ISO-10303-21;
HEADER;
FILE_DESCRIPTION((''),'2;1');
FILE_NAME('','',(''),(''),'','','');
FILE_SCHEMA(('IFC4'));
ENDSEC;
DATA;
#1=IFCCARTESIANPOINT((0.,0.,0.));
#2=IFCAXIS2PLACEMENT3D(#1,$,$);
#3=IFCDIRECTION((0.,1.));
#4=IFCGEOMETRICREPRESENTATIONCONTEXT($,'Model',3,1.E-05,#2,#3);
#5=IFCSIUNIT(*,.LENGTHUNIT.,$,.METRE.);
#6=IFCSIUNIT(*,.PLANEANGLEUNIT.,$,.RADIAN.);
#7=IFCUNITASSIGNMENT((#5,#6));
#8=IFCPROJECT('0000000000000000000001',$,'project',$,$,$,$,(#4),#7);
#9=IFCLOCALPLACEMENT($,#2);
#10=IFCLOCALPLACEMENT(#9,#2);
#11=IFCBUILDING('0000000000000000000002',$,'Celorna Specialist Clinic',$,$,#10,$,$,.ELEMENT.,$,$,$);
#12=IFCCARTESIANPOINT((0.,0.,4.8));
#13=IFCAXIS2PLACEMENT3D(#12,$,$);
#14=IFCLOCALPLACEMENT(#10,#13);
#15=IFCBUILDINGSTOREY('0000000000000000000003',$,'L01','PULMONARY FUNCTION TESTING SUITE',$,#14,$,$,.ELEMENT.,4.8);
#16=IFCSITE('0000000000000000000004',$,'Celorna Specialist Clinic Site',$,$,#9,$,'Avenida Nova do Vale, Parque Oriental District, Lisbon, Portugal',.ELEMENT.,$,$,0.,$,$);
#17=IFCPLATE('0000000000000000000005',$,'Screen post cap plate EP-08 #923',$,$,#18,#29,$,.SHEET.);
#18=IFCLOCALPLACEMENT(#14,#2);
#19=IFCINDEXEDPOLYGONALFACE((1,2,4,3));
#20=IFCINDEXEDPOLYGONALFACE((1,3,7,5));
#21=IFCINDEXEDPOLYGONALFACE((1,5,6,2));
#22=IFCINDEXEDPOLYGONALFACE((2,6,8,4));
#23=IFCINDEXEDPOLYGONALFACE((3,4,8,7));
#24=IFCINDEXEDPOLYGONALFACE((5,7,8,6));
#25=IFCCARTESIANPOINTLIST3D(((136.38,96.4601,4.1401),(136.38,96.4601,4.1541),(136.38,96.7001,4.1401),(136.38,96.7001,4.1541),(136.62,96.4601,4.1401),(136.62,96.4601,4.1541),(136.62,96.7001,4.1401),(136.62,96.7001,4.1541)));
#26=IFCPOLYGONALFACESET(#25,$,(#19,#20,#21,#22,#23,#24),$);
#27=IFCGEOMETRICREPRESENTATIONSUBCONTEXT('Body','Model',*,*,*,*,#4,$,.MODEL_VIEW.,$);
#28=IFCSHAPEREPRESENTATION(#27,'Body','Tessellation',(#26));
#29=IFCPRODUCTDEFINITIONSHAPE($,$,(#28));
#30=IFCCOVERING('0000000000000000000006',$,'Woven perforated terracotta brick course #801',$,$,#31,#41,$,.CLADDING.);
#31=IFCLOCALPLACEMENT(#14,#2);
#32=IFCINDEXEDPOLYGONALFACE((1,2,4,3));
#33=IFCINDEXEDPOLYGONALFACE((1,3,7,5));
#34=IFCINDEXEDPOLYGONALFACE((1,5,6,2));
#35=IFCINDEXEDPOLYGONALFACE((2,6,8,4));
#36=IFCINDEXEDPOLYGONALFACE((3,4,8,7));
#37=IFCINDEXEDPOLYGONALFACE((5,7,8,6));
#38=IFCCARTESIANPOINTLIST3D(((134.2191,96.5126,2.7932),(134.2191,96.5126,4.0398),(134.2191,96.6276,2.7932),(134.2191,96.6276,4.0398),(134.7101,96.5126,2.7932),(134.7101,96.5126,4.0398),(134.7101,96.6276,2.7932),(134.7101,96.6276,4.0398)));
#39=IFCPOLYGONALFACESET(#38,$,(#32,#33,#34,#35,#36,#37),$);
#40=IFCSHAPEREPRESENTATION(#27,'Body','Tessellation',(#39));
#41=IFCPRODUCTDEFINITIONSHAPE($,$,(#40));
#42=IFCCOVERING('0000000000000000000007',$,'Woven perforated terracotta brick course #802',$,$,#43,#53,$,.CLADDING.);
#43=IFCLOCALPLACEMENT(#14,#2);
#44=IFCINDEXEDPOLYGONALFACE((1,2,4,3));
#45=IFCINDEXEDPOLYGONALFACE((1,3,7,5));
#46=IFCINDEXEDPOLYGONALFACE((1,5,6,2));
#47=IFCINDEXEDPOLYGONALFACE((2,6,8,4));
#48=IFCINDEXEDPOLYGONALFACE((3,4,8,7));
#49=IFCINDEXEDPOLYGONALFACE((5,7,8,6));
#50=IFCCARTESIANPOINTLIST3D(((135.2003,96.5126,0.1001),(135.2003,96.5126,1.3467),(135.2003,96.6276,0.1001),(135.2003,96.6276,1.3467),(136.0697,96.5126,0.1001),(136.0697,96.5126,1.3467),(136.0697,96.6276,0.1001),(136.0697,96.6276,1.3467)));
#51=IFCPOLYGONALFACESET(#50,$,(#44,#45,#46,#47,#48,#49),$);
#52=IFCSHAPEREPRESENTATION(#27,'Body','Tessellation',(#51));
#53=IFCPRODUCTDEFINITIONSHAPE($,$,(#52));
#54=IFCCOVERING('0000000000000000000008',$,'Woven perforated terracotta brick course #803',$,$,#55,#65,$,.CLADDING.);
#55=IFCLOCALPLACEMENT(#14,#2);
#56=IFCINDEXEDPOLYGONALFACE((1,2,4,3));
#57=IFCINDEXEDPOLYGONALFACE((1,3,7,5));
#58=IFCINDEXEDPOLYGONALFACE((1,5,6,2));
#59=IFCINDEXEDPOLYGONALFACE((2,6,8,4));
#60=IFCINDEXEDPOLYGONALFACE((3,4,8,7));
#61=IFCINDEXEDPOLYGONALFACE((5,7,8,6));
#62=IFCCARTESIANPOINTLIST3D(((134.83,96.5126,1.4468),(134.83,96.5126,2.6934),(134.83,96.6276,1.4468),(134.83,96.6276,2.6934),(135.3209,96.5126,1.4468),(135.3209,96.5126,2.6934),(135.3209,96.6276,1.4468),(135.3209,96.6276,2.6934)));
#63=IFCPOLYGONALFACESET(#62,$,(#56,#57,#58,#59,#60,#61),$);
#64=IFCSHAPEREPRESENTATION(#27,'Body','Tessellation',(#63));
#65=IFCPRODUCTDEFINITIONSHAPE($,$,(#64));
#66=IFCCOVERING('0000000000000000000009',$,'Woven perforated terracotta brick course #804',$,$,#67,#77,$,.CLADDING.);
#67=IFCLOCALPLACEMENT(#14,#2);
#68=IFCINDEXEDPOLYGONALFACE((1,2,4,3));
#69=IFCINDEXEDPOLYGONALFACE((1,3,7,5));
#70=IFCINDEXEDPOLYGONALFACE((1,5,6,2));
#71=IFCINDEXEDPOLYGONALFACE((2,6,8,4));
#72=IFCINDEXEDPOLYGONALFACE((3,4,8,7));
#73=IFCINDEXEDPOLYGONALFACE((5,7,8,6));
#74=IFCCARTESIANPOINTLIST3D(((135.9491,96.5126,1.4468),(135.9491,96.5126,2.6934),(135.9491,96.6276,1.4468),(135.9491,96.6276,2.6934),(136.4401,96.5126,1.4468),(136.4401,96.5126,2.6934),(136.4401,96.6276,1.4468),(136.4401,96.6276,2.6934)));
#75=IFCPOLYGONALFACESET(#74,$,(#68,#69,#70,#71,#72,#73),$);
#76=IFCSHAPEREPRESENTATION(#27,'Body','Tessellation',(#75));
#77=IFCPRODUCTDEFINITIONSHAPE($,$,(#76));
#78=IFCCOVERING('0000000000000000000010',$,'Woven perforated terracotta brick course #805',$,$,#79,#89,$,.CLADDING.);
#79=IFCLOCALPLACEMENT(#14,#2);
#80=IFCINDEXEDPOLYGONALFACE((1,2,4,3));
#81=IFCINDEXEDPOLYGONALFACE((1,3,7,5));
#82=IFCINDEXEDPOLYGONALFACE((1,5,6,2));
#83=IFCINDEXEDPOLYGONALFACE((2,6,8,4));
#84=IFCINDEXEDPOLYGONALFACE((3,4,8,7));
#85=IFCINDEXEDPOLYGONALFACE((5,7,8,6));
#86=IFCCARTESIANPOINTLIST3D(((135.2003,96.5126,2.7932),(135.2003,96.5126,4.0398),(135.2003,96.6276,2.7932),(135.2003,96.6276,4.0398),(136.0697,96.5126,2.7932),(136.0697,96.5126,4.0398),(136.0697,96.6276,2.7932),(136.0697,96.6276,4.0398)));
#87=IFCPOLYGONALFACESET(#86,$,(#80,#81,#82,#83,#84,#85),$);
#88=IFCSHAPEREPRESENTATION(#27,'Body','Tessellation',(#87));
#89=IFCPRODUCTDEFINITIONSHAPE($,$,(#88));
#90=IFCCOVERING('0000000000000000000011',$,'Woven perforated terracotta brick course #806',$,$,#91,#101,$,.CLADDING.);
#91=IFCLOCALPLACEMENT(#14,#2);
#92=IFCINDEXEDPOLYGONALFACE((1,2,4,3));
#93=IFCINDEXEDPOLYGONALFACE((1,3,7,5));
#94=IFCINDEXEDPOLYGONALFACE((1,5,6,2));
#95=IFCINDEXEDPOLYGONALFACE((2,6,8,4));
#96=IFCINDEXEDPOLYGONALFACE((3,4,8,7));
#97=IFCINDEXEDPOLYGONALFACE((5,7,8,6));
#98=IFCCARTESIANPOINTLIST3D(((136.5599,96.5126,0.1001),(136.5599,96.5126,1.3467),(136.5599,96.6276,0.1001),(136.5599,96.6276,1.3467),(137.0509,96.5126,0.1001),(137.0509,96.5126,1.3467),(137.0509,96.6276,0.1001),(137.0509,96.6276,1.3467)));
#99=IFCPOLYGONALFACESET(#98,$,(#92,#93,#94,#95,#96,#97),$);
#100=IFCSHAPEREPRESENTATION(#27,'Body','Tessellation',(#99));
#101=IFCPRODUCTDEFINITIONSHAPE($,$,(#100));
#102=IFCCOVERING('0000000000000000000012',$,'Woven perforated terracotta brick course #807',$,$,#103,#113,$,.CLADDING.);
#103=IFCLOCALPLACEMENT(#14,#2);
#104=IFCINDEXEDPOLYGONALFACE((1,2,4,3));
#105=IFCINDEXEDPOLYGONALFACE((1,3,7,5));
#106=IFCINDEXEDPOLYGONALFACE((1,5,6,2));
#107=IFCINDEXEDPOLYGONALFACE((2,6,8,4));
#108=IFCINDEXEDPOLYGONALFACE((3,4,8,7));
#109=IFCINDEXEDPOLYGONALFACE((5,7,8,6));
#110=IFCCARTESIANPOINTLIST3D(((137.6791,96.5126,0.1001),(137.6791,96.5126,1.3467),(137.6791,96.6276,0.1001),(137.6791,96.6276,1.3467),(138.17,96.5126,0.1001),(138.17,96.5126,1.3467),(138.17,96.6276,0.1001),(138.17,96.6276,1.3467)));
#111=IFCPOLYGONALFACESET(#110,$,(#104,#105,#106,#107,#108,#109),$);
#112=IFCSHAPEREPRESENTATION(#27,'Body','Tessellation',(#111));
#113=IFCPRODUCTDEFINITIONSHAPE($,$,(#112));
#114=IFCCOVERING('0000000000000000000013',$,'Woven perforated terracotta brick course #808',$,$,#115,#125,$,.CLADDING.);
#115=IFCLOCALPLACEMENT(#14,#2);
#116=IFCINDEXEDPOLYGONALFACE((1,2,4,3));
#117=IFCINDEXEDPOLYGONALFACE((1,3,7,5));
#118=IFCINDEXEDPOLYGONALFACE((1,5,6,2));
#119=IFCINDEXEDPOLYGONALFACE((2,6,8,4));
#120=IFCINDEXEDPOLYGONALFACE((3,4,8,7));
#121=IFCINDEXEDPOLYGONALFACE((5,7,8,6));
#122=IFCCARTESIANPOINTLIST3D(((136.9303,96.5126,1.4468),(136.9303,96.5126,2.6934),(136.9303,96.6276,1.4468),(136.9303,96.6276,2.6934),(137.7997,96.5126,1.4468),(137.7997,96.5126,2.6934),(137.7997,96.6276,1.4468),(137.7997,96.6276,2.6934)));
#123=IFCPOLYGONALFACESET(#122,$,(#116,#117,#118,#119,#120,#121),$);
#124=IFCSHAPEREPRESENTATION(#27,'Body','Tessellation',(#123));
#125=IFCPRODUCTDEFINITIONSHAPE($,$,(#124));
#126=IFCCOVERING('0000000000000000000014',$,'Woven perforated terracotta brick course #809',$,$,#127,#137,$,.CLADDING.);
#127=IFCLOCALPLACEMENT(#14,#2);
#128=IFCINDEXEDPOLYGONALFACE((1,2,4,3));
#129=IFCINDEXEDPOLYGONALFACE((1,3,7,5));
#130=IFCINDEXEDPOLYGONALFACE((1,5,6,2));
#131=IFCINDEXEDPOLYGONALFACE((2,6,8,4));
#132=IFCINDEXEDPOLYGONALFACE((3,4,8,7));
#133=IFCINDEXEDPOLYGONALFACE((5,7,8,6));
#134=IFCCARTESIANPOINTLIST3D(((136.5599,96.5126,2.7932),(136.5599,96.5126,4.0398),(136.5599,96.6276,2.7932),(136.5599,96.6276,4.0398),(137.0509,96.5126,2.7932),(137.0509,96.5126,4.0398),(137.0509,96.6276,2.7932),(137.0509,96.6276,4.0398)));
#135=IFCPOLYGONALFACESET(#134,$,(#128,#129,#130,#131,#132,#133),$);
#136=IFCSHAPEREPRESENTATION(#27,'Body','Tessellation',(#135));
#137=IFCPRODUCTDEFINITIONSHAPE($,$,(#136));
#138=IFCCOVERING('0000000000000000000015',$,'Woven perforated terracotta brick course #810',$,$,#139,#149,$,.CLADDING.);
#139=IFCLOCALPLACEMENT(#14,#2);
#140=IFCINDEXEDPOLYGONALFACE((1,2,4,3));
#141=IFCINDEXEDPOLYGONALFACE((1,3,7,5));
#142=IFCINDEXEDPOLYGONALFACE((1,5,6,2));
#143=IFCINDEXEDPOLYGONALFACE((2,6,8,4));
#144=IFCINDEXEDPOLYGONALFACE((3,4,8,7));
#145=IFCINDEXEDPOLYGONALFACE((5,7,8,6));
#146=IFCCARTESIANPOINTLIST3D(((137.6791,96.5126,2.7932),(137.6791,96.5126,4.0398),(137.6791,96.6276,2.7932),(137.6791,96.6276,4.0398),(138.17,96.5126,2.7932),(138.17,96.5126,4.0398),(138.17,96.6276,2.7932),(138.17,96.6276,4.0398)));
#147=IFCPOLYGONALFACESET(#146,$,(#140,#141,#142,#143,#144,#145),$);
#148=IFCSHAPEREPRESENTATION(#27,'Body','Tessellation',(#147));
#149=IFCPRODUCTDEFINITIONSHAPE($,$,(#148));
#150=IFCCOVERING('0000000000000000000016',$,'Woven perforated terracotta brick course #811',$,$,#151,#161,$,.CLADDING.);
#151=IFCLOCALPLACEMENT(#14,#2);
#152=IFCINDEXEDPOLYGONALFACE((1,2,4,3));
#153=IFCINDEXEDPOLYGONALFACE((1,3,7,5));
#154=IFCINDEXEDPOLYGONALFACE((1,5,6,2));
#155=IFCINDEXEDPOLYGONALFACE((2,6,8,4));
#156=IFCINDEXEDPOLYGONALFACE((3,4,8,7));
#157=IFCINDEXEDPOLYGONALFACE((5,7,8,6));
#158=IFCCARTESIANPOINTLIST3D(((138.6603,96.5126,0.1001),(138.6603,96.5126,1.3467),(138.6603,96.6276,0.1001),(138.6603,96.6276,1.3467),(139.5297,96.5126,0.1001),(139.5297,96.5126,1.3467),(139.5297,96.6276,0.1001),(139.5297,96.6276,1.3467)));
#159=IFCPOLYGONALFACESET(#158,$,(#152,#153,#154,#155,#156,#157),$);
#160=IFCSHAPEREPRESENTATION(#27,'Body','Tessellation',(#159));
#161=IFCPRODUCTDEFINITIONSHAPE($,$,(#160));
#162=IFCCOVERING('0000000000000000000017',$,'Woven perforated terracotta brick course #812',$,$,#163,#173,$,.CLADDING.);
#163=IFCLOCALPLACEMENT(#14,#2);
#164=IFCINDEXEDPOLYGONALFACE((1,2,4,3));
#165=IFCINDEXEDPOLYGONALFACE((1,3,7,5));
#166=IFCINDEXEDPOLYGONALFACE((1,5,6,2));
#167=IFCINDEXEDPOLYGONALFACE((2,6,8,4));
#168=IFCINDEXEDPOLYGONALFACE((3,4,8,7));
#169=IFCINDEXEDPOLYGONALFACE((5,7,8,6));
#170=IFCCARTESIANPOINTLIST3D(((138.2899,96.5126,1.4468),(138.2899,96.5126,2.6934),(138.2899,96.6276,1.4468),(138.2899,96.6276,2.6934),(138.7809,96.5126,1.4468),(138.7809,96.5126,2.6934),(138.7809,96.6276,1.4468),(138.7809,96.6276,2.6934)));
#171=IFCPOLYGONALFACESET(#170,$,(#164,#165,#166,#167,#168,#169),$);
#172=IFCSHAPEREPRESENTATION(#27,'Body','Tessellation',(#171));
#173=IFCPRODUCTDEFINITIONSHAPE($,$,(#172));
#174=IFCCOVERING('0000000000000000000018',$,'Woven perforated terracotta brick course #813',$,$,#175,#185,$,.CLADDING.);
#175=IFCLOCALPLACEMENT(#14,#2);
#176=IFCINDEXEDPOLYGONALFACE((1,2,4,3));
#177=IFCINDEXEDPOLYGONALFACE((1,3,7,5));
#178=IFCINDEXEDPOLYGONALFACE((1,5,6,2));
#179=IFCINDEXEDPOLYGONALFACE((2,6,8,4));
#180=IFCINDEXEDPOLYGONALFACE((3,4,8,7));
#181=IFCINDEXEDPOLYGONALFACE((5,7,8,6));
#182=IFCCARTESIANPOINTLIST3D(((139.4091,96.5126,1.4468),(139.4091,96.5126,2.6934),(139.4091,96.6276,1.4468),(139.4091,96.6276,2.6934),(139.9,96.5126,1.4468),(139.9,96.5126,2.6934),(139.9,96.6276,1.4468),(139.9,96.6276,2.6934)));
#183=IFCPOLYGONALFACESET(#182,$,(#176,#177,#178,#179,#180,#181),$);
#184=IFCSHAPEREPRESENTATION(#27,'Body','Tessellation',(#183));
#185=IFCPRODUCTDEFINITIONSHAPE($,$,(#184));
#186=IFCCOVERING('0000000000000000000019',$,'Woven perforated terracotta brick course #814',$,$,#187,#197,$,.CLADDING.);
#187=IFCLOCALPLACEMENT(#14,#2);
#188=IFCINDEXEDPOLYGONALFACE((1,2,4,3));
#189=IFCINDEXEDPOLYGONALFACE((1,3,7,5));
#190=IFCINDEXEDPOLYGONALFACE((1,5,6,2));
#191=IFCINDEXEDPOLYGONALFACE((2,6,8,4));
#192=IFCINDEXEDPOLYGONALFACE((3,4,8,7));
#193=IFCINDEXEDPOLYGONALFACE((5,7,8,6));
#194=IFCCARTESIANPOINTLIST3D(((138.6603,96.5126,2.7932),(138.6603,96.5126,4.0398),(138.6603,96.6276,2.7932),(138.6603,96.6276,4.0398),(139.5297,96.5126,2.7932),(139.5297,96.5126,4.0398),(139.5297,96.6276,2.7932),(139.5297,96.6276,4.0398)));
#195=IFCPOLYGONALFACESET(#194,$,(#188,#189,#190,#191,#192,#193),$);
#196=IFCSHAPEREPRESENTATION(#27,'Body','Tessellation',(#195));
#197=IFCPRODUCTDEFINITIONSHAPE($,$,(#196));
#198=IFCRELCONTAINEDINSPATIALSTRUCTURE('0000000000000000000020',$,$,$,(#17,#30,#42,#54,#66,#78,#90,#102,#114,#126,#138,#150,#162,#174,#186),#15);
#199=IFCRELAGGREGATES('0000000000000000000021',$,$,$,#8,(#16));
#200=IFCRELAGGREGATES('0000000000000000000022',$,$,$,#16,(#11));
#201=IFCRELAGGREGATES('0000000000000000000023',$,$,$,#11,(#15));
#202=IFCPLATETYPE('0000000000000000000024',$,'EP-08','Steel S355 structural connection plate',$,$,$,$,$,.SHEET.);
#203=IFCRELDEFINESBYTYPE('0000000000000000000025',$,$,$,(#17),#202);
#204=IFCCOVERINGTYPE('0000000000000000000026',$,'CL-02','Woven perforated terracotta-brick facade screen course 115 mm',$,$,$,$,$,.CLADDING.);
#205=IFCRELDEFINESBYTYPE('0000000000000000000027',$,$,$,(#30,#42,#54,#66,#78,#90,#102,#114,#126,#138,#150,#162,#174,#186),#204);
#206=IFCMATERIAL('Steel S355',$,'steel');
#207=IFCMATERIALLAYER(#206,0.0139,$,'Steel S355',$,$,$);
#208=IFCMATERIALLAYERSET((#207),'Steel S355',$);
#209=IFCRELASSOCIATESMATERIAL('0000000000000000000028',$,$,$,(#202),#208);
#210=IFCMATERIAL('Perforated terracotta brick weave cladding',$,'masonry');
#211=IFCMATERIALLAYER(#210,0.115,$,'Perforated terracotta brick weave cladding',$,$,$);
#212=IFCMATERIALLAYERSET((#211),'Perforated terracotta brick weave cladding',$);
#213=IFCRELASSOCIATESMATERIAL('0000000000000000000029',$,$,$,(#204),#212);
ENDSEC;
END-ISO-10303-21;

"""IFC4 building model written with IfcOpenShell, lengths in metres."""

from ifc_helpers import new_model, si_unit, direction, frame, origin, origin_2d, place, context, subcontext, project, spatial, rectangle, extrude, material, layer, layer_set, type_object, element, save


model = new_model("IFC4")

# Units and contexts
model_context = context("Model", 3, precision=1e-05, world=origin(), true_north=direction((0.0, 1.0)))
body_context = subcontext(model_context, "Body", "Model", "MODEL_VIEW")
ifc_project = project(units=[si_unit("LENGTHUNIT", "METRE"), si_unit("PLANEANGLEUNIT", "RADIAN")], contexts=[model_context])

# Site, building, storey
site_placement = place(None, origin())
site = spatial("IfcSite", under=ifc_project, at=site_placement, Name="Celorna Specialist Clinic Site", LongName="Avenida Nova do Vale, Parque Oriental District, Lisbon, Portugal", CompositionType="ELEMENT", RefElevation=0.0)
building_placement = place(site_placement, origin())
building = spatial("IfcBuilding", under=site, at=building_placement, Name="Celorna Specialist Clinic", CompositionType="ELEMENT")
storey_placement = place(building_placement, frame((0.0, 0.0, 4.8)))
storey = spatial("IfcBuildingStorey", under=building, at=storey_placement, Name="L01", Description="PULMONARY FUNCTION TESTING SUITE", CompositionType="ELEMENT", Elevation=4.8)

# Shared definitions
ifc_material_1 = material(Name="Steel S355", Category="steel")

# Plate
ifc_layer_1 = layer(ifc_material_1, 0.0139, Name="Steel S355")
ifc_layer_set_1 = layer_set([ifc_layer_1], Name="Steel S355")
plate_type_1 = type_object("IfcPlateType", Name="EP-08", Description="Steel S355 structural connection plate", PredefinedType="SHEET", material=ifc_layer_set_1)
plate_1_placement = place(storey_placement, frame((136.5, 96.5801, 4.1401), z_axis=(0.0, 0.0, 1.0), x_axis=(1.0, 0.0, 0.0)))
element("IfcPlate", 1, at=plate_1_placement, inside=storey, type_object=plate_type_1, Name="Screen post cap plate EP-08 #923", PredefinedType="SHEET", context=body_context, shape_type="SweptSolid", body=[
    extrude(rectangle(XDim=0.24, YDim=0.24, at=origin_2d()), origin(), (0.0, 0.0, 1.0), 0.0139),
])

# Coverings
ifc_material_2 = material(Name="Perforated terracotta brick weave cladding", Category="masonry")
ifc_layer_2 = layer(ifc_material_2, 0.115, Name="Perforated terracotta brick weave cladding")
ifc_layer_set_2 = layer_set([ifc_layer_2], Name="Perforated terracotta brick weave cladding")
covering_type = type_object("IfcCoveringType", Name="CL-02", Description="Woven perforated terracotta-brick facade screen course 115 mm", PredefinedType="CLADDING", material=ifc_layer_set_2)
covering_1_placement = place(storey_placement, frame((134.4646, 96.5701, 2.7932), z_axis=(0.0, 0.0, 1.0), x_axis=(1.0, 0.0, 0.0)))
element("IfcCovering", 2, at=covering_1_placement, inside=storey, type_object=covering_type, Name="Woven perforated terracotta brick course #801", PredefinedType="CLADDING", context=body_context, shape_type="SweptSolid", body=[
    extrude(rectangle(XDim=0.491, YDim=0.115, at=origin_2d()), origin(), (0.0, 0.0, 1.0), 1.2466),
])
covering_2_placement = place(storey_placement, frame((135.635, 96.5701, 0.1001), z_axis=(0.0, 0.0, 1.0), x_axis=(1.0, 0.0, 0.0)))
element("IfcCovering", 3, at=covering_2_placement, inside=storey, type_object=covering_type, Name="Woven perforated terracotta brick course #802", PredefinedType="CLADDING", context=body_context, shape_type="SweptSolid", body=[
    extrude(rectangle(XDim=0.8694, YDim=0.115, at=origin_2d()), origin(), (0.0, 0.0, 1.0), 1.2466),
])
for number, where, z_axis, x_axis, name in (
    (4, (135.0754, 96.5701, 1.4468), (0.0, 0.0, 1.0), (1.0, 0.0, 0.0), "Woven perforated terracotta brick course #803"),
    (5, (136.1946, 96.5701, 1.4468), (0.0, 0.0, 1.0), (1.0, 0.0, 0.0), "Woven perforated terracotta brick course #804"),
):
    element("IfcCovering", number, at=place(storey_placement, frame(where, z_axis=z_axis, x_axis=x_axis)), inside=storey, type_object=covering_type, Name=name, PredefinedType="CLADDING", context=body_context, shape_type="SweptSolid", body=[
        extrude(rectangle(XDim=0.491, YDim=0.115, at=origin_2d()), origin(), (0.0, 0.0, 1.0), 1.2466),
    ])
covering_3_placement = place(storey_placement, frame((135.635, 96.5701, 2.7932), z_axis=(0.0, 0.0, 1.0), x_axis=(1.0, 0.0, 0.0)))
element("IfcCovering", 6, at=covering_3_placement, inside=storey, type_object=covering_type, Name="Woven perforated terracotta brick course #805", PredefinedType="CLADDING", context=body_context, shape_type="SweptSolid", body=[
    extrude(rectangle(XDim=0.8694, YDim=0.115, at=origin_2d()), origin(), (0.0, 0.0, 1.0), 1.2466),
])
for number, where, z_axis, x_axis, name in (
    (7, (136.8054, 96.5701, 0.1001), (0.0, 0.0, 1.0), (1.0, 0.0, 0.0), "Woven perforated terracotta brick course #806"),
    (8, (137.9246, 96.5701, 0.1001), (0.0, 0.0, 1.0), (1.0, 0.0, 0.0), "Woven perforated terracotta brick course #807"),
):
    element("IfcCovering", number, at=place(storey_placement, frame(where, z_axis=z_axis, x_axis=x_axis)), inside=storey, type_object=covering_type, Name=name, PredefinedType="CLADDING", context=body_context, shape_type="SweptSolid", body=[
        extrude(rectangle(XDim=0.491, YDim=0.115, at=origin_2d()), origin(), (0.0, 0.0, 1.0), 1.2466),
    ])
covering_4_placement = place(storey_placement, frame((137.365, 96.5701, 1.4468), z_axis=(0.0, 0.0, 1.0), x_axis=(1.0, 0.0, 0.0)))
element("IfcCovering", 9, at=covering_4_placement, inside=storey, type_object=covering_type, Name="Woven perforated terracotta brick course #808", PredefinedType="CLADDING", context=body_context, shape_type="SweptSolid", body=[
    extrude(rectangle(XDim=0.8694, YDim=0.115, at=origin_2d()), origin(), (0.0, 0.0, 1.0), 1.2466),
])
for number, where, z_axis, x_axis, name in (
    (10, (136.8054, 96.5701, 2.7932), (0.0, 0.0, 1.0), (1.0, 0.0, 0.0), "Woven perforated terracotta brick course #809"),
    (11, (137.9246, 96.5701, 2.7932), (0.0, 0.0, 1.0), (1.0, 0.0, 0.0), "Woven perforated terracotta brick course #810"),
):
    element("IfcCovering", number, at=place(storey_placement, frame(where, z_axis=z_axis, x_axis=x_axis)), inside=storey, type_object=covering_type, Name=name, PredefinedType="CLADDING", context=body_context, shape_type="SweptSolid", body=[
        extrude(rectangle(XDim=0.491, YDim=0.115, at=origin_2d()), origin(), (0.0, 0.0, 1.0), 1.2466),
    ])
covering_5_placement = place(storey_placement, frame((139.095, 96.5701, 0.1001), z_axis=(0.0, 0.0, 1.0), x_axis=(1.0, 0.0, 0.0)))
element("IfcCovering", 12, at=covering_5_placement, inside=storey, type_object=covering_type, Name="Woven perforated terracotta brick course #811", PredefinedType="CLADDING", context=body_context, shape_type="SweptSolid", body=[
    extrude(rectangle(XDim=0.8694, YDim=0.115, at=origin_2d()), origin(), (0.0, 0.0, 1.0), 1.2466),
])
for number, where, z_axis, x_axis, name in (
    (13, (138.5354, 96.5701, 1.4468), (0.0, 0.0, 1.0), (1.0, 0.0, 0.0), "Woven perforated terracotta brick course #812"),
    (14, (139.6545, 96.5701, 1.4468), (0.0, 0.0, 1.0), (1.0, 0.0, 0.0), "Woven perforated terracotta brick course #813"),
):
    element("IfcCovering", number, at=place(storey_placement, frame(where, z_axis=z_axis, x_axis=x_axis)), inside=storey, type_object=covering_type, Name=name, PredefinedType="CLADDING", context=body_context, shape_type="SweptSolid", body=[
        extrude(rectangle(XDim=0.491, YDim=0.115, at=origin_2d()), origin(), (0.0, 0.0, 1.0), 1.2466),
    ])
covering_6_placement = place(storey_placement, frame((139.095, 96.5701, 2.7932), z_axis=(0.0, 0.0, 1.0), x_axis=(1.0, 0.0, 0.0)))
element("IfcCovering", 15, at=covering_6_placement, inside=storey, type_object=covering_type, Name="Woven perforated terracotta brick course #814", PredefinedType="CLADDING", context=body_context, shape_type="SweptSolid", body=[
    extrude(rectangle(XDim=0.8694, YDim=0.115, at=origin_2d()), origin(), (0.0, 0.0, 1.0), 1.2466),
])

save(model, "model.ifc")
